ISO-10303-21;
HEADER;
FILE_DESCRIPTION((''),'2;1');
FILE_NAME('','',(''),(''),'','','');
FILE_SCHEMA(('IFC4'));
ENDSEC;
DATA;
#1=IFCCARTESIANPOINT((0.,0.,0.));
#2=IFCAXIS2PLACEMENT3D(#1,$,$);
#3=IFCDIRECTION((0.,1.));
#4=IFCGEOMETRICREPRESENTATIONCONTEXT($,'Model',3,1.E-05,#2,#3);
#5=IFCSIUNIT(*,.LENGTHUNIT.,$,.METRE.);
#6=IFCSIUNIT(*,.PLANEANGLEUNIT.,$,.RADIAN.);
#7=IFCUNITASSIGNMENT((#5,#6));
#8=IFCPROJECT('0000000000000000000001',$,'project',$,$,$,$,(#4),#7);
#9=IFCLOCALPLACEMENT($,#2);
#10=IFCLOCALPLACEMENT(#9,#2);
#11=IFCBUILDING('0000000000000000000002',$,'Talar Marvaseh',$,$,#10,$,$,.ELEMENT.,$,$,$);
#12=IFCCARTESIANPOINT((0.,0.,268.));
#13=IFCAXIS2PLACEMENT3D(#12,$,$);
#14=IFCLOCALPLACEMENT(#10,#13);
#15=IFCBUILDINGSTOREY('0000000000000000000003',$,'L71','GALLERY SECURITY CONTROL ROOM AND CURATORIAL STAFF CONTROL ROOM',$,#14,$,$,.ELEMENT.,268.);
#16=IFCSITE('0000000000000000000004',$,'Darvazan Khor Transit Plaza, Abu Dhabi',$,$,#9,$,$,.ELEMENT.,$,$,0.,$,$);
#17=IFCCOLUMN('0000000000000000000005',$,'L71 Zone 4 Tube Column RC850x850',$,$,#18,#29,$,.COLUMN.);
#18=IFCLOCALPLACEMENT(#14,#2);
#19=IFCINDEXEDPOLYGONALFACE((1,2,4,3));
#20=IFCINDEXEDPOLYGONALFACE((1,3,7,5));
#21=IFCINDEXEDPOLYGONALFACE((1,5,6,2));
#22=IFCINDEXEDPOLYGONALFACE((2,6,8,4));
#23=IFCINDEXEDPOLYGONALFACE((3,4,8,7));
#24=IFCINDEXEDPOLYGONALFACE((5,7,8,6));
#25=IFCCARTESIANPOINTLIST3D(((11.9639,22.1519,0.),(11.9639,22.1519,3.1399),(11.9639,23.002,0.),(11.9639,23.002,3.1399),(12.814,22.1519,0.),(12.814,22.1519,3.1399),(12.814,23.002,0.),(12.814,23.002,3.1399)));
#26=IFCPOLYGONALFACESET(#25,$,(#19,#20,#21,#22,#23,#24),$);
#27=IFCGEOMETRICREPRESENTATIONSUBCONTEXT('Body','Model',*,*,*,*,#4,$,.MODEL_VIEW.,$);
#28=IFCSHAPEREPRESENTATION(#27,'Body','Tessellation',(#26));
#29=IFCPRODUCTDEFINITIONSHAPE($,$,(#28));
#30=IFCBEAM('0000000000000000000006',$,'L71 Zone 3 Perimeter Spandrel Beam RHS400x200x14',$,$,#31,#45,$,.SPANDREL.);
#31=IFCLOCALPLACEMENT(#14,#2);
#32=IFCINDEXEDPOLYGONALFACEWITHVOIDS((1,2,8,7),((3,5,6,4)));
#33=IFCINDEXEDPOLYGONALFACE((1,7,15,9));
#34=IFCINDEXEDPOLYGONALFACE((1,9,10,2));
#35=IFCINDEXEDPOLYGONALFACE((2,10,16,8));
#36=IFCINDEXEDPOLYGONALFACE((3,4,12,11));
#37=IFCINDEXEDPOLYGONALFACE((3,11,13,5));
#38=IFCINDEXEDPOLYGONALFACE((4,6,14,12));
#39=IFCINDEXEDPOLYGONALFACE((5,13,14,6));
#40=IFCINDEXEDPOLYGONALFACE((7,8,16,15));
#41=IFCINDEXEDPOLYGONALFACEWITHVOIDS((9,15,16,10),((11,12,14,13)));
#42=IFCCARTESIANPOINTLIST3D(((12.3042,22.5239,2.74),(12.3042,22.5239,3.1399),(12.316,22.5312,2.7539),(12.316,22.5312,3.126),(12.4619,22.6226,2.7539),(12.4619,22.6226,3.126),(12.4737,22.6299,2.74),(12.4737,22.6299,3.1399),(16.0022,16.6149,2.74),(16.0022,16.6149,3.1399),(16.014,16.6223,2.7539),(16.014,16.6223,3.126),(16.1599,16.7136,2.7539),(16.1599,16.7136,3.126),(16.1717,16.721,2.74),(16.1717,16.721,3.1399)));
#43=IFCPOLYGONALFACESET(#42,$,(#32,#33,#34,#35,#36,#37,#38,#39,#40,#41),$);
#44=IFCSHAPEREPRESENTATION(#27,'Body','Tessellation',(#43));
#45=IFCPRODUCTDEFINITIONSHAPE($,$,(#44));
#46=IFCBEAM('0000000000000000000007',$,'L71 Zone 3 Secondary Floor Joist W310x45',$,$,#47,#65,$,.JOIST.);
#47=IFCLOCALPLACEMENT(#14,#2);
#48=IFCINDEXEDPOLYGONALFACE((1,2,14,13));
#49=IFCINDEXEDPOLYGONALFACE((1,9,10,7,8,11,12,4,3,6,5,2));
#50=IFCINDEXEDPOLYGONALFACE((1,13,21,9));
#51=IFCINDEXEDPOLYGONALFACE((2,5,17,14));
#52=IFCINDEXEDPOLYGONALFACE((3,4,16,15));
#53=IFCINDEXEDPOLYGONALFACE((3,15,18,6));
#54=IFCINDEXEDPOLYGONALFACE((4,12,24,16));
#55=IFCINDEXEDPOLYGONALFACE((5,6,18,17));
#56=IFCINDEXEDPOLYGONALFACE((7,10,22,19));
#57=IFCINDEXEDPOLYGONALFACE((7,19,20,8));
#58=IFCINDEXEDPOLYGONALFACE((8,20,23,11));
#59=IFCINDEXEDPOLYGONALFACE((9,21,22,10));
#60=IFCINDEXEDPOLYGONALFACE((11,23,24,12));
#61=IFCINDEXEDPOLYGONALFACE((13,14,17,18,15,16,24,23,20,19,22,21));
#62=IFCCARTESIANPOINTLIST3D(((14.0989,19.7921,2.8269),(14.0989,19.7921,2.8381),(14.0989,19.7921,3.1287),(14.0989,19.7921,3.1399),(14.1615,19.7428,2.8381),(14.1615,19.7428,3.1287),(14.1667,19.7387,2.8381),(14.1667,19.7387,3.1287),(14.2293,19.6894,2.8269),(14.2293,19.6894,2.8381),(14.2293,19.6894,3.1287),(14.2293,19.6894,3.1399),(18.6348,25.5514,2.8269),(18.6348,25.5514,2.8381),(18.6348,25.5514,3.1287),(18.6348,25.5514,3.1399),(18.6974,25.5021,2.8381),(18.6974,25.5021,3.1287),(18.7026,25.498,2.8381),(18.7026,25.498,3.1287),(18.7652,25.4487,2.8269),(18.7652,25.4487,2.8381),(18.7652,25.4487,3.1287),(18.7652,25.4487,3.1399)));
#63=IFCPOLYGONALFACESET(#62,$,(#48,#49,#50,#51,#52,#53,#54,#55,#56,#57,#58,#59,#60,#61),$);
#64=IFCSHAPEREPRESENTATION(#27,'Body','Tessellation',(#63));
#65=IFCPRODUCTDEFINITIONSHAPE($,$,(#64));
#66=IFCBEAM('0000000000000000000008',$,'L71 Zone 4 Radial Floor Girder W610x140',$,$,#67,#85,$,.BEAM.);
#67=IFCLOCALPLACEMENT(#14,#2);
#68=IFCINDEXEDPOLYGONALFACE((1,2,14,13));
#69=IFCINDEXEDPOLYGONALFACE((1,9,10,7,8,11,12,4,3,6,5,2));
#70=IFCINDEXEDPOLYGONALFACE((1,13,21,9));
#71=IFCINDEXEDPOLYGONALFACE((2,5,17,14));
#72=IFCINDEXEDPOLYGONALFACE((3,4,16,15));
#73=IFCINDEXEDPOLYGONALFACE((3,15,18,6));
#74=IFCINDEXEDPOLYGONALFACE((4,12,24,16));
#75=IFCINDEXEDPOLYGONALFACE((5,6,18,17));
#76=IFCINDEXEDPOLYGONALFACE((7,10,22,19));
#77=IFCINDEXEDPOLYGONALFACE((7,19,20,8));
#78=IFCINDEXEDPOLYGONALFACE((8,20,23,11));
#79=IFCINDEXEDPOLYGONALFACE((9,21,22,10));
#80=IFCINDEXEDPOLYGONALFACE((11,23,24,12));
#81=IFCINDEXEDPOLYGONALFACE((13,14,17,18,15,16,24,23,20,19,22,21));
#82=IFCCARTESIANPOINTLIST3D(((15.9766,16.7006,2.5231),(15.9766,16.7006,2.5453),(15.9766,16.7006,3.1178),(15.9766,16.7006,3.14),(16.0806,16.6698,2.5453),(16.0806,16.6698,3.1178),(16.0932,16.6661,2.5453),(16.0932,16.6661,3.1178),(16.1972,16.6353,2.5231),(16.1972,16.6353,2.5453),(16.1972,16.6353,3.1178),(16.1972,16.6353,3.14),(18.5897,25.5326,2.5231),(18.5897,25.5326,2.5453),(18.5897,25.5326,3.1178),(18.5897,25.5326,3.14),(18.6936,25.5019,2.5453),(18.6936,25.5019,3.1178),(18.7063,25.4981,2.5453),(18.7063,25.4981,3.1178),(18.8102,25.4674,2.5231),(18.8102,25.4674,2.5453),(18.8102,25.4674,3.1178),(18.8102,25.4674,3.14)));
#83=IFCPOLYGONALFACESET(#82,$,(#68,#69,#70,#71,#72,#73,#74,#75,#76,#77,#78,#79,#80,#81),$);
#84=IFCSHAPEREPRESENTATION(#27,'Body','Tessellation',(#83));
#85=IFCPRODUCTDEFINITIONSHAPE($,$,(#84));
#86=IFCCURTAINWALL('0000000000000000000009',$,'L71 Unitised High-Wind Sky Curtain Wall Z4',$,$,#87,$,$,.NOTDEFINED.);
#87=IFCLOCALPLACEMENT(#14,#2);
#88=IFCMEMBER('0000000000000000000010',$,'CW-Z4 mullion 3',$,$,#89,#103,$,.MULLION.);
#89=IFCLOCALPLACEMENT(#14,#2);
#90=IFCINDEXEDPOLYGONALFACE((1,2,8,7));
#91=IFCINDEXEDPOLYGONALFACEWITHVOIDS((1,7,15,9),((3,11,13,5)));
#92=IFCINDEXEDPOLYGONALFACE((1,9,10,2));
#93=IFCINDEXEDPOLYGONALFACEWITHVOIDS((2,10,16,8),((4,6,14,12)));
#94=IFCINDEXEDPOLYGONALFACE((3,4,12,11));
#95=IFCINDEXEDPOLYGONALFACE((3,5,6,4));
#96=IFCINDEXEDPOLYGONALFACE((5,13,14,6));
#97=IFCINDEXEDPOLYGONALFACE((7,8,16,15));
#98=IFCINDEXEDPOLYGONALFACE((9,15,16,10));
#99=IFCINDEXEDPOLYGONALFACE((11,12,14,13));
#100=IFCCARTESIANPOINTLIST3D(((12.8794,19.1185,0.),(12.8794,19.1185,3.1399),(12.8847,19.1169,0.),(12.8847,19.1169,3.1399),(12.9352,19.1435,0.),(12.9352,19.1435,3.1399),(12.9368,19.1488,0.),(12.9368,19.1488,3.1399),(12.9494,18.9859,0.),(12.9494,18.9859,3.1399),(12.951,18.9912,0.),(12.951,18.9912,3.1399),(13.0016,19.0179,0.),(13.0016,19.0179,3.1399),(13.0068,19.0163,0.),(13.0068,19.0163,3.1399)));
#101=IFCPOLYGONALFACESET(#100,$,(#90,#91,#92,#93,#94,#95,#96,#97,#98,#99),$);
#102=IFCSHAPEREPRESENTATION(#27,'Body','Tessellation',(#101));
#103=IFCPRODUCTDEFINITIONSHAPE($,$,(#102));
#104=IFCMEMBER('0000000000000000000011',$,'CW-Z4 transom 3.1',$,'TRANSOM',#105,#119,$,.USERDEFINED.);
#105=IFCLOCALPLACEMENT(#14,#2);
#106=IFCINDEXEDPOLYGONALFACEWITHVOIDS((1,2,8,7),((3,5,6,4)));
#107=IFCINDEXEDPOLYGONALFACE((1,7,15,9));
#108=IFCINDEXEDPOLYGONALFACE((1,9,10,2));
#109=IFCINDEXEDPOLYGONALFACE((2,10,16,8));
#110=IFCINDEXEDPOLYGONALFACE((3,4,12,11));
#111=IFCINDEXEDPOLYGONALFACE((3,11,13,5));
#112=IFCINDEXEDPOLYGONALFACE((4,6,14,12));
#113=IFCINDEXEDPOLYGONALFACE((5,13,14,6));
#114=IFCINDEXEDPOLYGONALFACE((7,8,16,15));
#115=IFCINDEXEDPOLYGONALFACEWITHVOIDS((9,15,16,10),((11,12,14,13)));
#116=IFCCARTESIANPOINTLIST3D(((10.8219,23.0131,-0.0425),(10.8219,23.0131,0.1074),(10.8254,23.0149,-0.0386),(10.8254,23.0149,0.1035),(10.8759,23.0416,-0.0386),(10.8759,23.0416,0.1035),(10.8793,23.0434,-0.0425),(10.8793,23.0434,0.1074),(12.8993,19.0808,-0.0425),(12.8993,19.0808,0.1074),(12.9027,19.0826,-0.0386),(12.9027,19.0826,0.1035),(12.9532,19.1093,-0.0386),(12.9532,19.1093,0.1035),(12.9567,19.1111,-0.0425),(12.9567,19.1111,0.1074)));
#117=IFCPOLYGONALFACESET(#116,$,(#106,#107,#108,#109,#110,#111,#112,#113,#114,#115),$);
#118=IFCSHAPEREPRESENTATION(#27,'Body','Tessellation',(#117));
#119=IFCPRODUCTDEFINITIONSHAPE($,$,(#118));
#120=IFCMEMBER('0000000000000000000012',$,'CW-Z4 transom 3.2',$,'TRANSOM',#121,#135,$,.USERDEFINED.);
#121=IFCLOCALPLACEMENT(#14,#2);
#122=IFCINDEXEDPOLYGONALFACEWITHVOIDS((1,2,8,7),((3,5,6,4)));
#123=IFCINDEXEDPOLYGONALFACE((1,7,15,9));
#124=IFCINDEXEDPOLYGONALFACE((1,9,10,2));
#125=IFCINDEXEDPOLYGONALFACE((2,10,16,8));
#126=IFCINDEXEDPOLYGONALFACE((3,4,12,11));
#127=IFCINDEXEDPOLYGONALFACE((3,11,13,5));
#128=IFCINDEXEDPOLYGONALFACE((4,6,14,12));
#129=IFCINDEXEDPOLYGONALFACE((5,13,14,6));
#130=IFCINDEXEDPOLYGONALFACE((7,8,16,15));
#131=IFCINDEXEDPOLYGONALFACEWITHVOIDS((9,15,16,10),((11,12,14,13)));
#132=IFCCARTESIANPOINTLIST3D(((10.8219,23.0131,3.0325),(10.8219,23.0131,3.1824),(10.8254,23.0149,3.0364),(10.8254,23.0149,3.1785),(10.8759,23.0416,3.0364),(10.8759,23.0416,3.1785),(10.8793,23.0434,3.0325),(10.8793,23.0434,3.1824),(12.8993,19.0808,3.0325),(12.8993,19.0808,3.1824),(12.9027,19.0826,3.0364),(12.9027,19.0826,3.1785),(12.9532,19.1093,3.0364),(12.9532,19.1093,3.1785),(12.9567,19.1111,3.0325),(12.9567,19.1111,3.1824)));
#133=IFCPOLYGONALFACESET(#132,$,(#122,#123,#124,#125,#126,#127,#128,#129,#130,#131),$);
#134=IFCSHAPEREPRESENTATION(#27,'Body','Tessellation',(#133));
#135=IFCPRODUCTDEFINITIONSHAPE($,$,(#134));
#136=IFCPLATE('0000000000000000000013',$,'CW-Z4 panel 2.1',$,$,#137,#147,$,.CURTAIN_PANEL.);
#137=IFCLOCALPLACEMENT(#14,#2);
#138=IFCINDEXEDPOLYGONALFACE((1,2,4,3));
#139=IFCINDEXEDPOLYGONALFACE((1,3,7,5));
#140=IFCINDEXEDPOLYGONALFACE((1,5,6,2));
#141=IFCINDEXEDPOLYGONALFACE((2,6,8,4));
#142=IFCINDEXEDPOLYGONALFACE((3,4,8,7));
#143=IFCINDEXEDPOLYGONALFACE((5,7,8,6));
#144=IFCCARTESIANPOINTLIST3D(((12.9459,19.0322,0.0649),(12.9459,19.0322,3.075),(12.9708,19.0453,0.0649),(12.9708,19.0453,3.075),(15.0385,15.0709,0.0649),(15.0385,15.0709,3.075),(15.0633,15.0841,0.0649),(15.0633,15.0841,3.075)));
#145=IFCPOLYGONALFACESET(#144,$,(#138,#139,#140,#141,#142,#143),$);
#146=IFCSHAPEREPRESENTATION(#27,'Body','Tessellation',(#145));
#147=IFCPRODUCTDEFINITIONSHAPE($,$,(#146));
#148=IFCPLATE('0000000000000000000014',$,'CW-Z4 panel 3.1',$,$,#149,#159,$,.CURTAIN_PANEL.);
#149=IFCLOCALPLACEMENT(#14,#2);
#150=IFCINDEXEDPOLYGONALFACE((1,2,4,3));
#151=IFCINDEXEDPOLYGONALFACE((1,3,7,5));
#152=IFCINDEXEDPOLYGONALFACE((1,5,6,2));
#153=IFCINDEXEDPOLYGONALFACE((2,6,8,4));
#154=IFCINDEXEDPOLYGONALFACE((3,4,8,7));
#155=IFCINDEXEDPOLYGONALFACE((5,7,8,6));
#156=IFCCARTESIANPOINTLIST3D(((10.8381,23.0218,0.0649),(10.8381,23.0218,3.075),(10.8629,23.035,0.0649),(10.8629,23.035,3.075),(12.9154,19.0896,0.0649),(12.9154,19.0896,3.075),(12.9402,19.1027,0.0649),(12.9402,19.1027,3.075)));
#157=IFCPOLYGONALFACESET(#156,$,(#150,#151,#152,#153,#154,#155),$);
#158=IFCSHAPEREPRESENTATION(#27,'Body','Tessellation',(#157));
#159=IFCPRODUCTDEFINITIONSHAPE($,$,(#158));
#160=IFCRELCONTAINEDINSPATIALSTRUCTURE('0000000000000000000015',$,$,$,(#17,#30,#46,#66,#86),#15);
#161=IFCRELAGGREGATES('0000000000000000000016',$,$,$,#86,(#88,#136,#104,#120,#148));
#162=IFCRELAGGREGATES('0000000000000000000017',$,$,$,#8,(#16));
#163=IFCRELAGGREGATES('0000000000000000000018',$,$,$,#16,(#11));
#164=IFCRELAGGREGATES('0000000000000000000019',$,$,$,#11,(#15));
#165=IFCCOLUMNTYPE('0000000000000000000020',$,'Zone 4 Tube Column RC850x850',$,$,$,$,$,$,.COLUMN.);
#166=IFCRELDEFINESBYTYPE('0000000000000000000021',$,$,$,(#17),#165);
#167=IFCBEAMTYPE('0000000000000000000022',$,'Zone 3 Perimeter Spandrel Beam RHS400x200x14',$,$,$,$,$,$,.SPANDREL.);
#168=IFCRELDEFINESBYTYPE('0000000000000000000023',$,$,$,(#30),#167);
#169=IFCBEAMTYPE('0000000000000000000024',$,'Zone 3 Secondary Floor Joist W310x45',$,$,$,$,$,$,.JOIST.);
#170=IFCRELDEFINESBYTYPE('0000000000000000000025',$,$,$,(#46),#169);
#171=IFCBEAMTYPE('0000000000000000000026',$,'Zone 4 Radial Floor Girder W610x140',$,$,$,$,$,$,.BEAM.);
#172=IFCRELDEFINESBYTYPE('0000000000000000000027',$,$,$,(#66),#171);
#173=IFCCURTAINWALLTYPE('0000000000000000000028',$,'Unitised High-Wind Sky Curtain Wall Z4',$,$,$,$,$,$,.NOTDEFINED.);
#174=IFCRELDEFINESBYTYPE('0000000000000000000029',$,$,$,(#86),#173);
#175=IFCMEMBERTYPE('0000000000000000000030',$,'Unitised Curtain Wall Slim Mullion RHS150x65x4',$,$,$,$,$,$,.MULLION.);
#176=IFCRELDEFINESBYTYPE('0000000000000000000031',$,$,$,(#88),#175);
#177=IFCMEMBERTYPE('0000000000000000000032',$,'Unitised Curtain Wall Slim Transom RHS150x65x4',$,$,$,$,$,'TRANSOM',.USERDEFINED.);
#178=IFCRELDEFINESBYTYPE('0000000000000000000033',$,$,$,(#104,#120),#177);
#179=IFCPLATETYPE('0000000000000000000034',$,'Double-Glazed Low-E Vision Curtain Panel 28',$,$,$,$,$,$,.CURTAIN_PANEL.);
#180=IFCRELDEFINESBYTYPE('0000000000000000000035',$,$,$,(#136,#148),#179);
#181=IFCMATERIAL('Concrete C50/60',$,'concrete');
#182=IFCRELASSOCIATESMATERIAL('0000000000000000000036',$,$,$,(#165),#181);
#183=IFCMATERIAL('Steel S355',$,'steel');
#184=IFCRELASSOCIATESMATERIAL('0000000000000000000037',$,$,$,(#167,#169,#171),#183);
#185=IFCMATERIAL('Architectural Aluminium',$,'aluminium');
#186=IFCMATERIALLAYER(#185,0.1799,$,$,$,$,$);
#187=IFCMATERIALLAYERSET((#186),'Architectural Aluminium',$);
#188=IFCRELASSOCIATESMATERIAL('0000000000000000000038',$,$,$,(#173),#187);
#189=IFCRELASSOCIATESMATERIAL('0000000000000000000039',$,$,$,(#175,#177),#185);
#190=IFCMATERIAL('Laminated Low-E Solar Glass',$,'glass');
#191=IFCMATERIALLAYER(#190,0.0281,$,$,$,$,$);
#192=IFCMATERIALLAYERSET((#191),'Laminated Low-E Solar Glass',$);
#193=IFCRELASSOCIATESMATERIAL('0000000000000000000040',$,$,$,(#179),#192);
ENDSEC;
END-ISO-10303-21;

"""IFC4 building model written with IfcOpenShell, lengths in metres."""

from ifc_helpers import new_model, si_unit, direction, frame, origin, origin_2d, place, context, subcontext, project, spatial, rectangle, hollow_rectangle, i_section, extrude, source, transform, mapped, material, layer, layer_set, material_profile, profile_set, type_object, type_shapes, element, aggregate, save


model = new_model("IFC4")

# Units and contexts
model_context = context("Model", 3, precision=1e-05, world=origin(), true_north=direction((0.0, 1.0)))
body_context = subcontext(model_context, "Body", "Model", "MODEL_VIEW")
ifc_project = project(units=[si_unit("LENGTHUNIT", "METRE"), si_unit("PLANEANGLEUNIT", "RADIAN")], contexts=[model_context])

# Site, building, storey
site_placement = place(None, origin())
site = spatial("IfcSite", under=ifc_project, at=site_placement, Name="Darvazan Khor Transit Plaza, Abu Dhabi", CompositionType="ELEMENT", RefElevation=0.0)
building_placement = place(site_placement, origin())
building = spatial("IfcBuilding", under=site, at=building_placement, Name="Talar Marvaseh", CompositionType="ELEMENT")
storey_placement = place(building_placement, frame((0.0, 0.0, 268.0)))
storey = spatial("IfcBuildingStorey", under=building, at=storey_placement, Name="L71", Description="GALLERY SECURITY CONTROL ROOM AND CURATORIAL STAFF CONTROL ROOM", CompositionType="ELEMENT", Elevation=268.0)

# Column
ifc_material_1 = material(Name="Concrete C50/60", Category="concrete")
ifc_material_profile_1 = material_profile(ifc_material_1, rectangle(XDim=0.8501, YDim=0.8501, at=origin_2d()), Name="RC850x850")
ifc_profile_set_1 = profile_set([ifc_material_profile_1], Name="Concrete C50/60")
column_type = type_object("IfcColumnType", Name="Zone 4 Tube Column RC850x850", PredefinedType="COLUMN", material=ifc_profile_set_1)
column_placement = place(storey_placement, frame((12.3889, 22.5769, 0.0), z_axis=(0.0, 0.0, 1.0), x_axis=(1.0, 0.0, 0.0)))
element("IfcColumn", 1, at=column_placement, inside=storey, type_object=column_type, Name="L71 Zone 4 Tube Column RC850x850", PredefinedType="COLUMN", context=body_context, shape_type="SweptSolid", body=[
    extrude(rectangle(XDim=0.8501, YDim=0.8501, at=origin_2d()), origin(), (0.0, 0.0, 1.0), 3.1399),
])

# Beams
ifc_material_2 = material(Name="Steel S355", Category="steel")
ifc_material_profile_2 = material_profile(ifc_material_2, hollow_rectangle(XDim=0.2, YDim=0.3999, WallThickness=0.0139, at=origin_2d()), Name="RHS400x200x14")
ifc_profile_set_2 = profile_set([ifc_material_profile_2], Name="Steel S355")
beam_type_1 = type_object("IfcBeamType", Name="Zone 3 Perimeter Spandrel Beam RHS400x200x14", PredefinedType="SPANDREL", material=ifc_profile_set_2)
beam_1_placement = place(storey_placement, frame((16.0869, 16.668, 2.9399), z_axis=(-0.530506, 0.847681, 0.0), x_axis=(-0.847681, -0.530506, 0.0)))
element("IfcBeam", 2, at=beam_1_placement, inside=storey, type_object=beam_type_1, Name="L71 Zone 3 Perimeter Spandrel Beam RHS400x200x14", PredefinedType="SPANDREL", context=body_context, shape_type="SweptSolid", body=[
    extrude(hollow_rectangle(XDim=0.2, YDim=0.3999, WallThickness=0.0139, at=origin_2d()), origin(), (0.0, 0.0, 1.0), 6.9707),
])
ifc_material_profile_3 = material_profile(ifc_material_2, i_section(OverallWidth=0.166, OverallDepth=0.313, WebThickness=0.0066, FlangeThickness=0.0112, at=origin_2d()), Name="W310x45")
ifc_profile_set_3 = profile_set([ifc_material_profile_3], Name="Steel S355")
beam_type_2 = type_object("IfcBeamType", Name="Zone 3 Secondary Floor Joist W310x45", PredefinedType="JOIST", material=ifc_profile_set_3)
beam_2_placement = place(storey_placement, frame((14.1641, 19.7407, 2.9834), z_axis=(0.618727, 0.785606, 0.0), x_axis=(-0.785606, 0.618727, 0.0)))
element("IfcBeam", 3, at=beam_2_placement, inside=storey, type_object=beam_type_2, Name="L71 Zone 3 Secondary Floor Joist W310x45", PredefinedType="JOIST", context=body_context, shape_type="SweptSolid", body=[
    extrude(i_section(OverallWidth=0.166, OverallDepth=0.313, WebThickness=0.0066, FlangeThickness=0.0112, at=origin_2d()), origin(), (0.0, 0.0, 1.0), 7.3311),
])
ifc_material_profile_4 = material_profile(ifc_material_2, i_section(OverallWidth=0.23, OverallDepth=0.6169, WebThickness=0.0132, FlangeThickness=0.0222, at=origin_2d()), Name="W610x140")
ifc_profile_set_4 = profile_set([ifc_material_profile_4], Name="Steel S355")
beam_type_3 = type_object("IfcBeamType", Name="Zone 4 Radial Floor Girder W610x140", PredefinedType="BEAM", material=ifc_profile_set_4)
beam_3_placement = place(storey_placement, frame((16.0869, 16.668, 2.8315), z_axis=(0.283703, 0.958912, 0.0), x_axis=(-0.958912, 0.283703, 0.0)))
element("IfcBeam", 4, at=beam_3_placement, inside=storey, type_object=beam_type_3, Name="L71 Zone 4 Radial Floor Girder W610x140", PredefinedType="BEAM", context=body_context, shape_type="SweptSolid", body=[
    extrude(i_section(OverallWidth=0.23, OverallDepth=0.6169, WebThickness=0.0132, FlangeThickness=0.0222, at=origin_2d()), origin(), (0.0, 0.0, 1.0), 9.2104),
])

# Curtain wall, members, plates
ifc_material_3 = material(Name="Architectural Aluminium", Category="aluminium")
ifc_layer_1 = layer(ifc_material_3, 0.1799)
ifc_layer_set_1 = layer_set([ifc_layer_1], Name="Architectural Aluminium")
curtain_wall_type = type_object("IfcCurtainWallType", Name="Unitised High-Wind Sky Curtain Wall Z4", PredefinedType="NOTDEFINED", material=ifc_layer_set_1)
curtain_wall_placement = place(storey_placement, origin())
curtain_wall = element("IfcCurtainWall", 5, at=curtain_wall_placement, inside=storey, type_object=curtain_wall_type, Name="L71 Unitised High-Wind Sky Curtain Wall Z4", PredefinedType="NOTDEFINED")
ifc_material_profile_5 = material_profile(ifc_material_3, hollow_rectangle(XDim=0.0649, YDim=0.1499, WallThickness=0.0039, at=origin_2d()), Name="RHS150x65x4")
ifc_profile_set_5 = profile_set([ifc_material_profile_5], Name="Architectural Aluminium")
member_type_1 = type_object("IfcMemberType", Name="Unitised Curtain Wall Slim Mullion RHS150x65x4", PredefinedType="MULLION", material=ifc_profile_set_5)
shared_shape_1 = source(origin(), body_context, "Body", "SweptSolid", [
    extrude(hollow_rectangle(XDim=0.0649, YDim=0.1499, WallThickness=0.0039, at=origin_2d()), origin(), (0.0, 0.0, 1.0), 3.1399),
])
type_shapes(member_type_1, [shared_shape_1])
member_1_placement = place(storey_placement, frame((12.9431, 19.0674, 0.0), z_axis=(0.0, 0.0, 1.0), x_axis=(-0.884206, -0.467098, 0.0)))
member_1 = element("IfcMember", 6, at=member_1_placement, type_object=member_type_1, Name="CW-Z4 mullion 3", PredefinedType="MULLION", context=body_context, shape_type="MappedRepresentation", body=[
    mapped(shared_shape_1, transform((0.0, 0.0, 0.0), x_axis=(1.0, 0.0, 0.0), y_axis=(0.0, 1.0, 0.0), z_axis=(0.0, 0.0, 1.0), scale=1.0)),
])
ifc_material_profile_6 = material_profile(ifc_material_3, hollow_rectangle(XDim=0.0649, YDim=0.1499, WallThickness=0.0039, at=origin_2d()), Name="RHS150x65x4")
ifc_profile_set_6 = profile_set([ifc_material_profile_6], Name="Architectural Aluminium")
member_type_2 = type_object("IfcMemberType", Name="Unitised Curtain Wall Slim Transom RHS150x65x4", ElementType="TRANSOM", PredefinedType="USERDEFINED", material=ifc_profile_set_6)
shared_shape_2 = source(origin(), body_context, "Body", "SweptSolid", [
    extrude(hollow_rectangle(XDim=0.0649, YDim=0.1499, WallThickness=0.0039, at=origin_2d()), origin(), (0.0, 0.0, 1.0), 4.4473),
])
type_shapes(member_type_2, [shared_shape_2])
member_2_placement = place(storey_placement, frame((12.928, 19.0959, 0.0325), z_axis=(-0.467106, 0.884202, 0.0), x_axis=(-0.884202, -0.467106, 0.0)))
member_2 = element("IfcMember", 7, at=member_2_placement, type_object=member_type_2, Name="CW-Z4 transom 3.1", ObjectType="TRANSOM", PredefinedType="USERDEFINED", context=body_context, shape_type="MappedRepresentation", body=[
    mapped(shared_shape_2, transform((0.0, 0.0, 0.0), x_axis=(1.0, 0.0, 0.0), y_axis=(0.0, 1.0, 0.0), z_axis=(0.0, 0.0, 1.0), scale=1.0)),
])
member_3_placement = place(storey_placement, frame((12.928, 19.0959, 3.1074), z_axis=(-0.467106, 0.884202, 0.0), x_axis=(-0.884202, -0.467106, 0.0)))
member_3 = element("IfcMember", 8, at=member_3_placement, type_object=member_type_2, Name="CW-Z4 transom 3.2", ObjectType="TRANSOM", PredefinedType="USERDEFINED", context=body_context, shape_type="MappedRepresentation", body=[
    mapped(shared_shape_2, transform((0.0, 0.0, 0.0), x_axis=(1.0, 0.0, 0.0), y_axis=(0.0, 1.0, 0.0), z_axis=(0.0, 0.0, 1.0), scale=1.0)),
])
ifc_material_4 = material(Name="Laminated Low-E Solar Glass", Category="glass")
ifc_layer_2 = layer(ifc_material_4, 0.0281)
ifc_layer_set_2 = layer_set([ifc_layer_2], Name="Laminated Low-E Solar Glass")
plate_type = type_object("IfcPlateType", Name="Double-Glazed Low-E Vision Curtain Panel 28", PredefinedType="CURTAIN_PANEL", material=ifc_layer_set_2)
shared_shape_3 = source(origin(), body_context, "Body", "SweptSolid", [
    extrude(rectangle(XDim=4.48, YDim=0.0281, at=origin_2d()), origin(), (0.0, 0.0, 1.0), 3.01),
])
plate_1_placement = place(storey_placement, frame((14.0046, 17.0581, 0.0649), z_axis=(0.0, 0.0, 1.0), x_axis=(-0.467098, 0.884206, 0.0)))
plate_1 = element("IfcPlate", 9, at=plate_1_placement, type_object=plate_type, Name="CW-Z4 panel 2.1", PredefinedType="CURTAIN_PANEL", context=body_context, shape_type="MappedRepresentation", body=[
    mapped(shared_shape_3, transform((0.0, 0.0, 0.0), x_axis=(1.0, 0.0, 0.0), y_axis=(0.0, 1.0, 0.0), z_axis=(0.0, 0.0, 1.0), scale=1.0)),
])
shared_shape_4 = source(origin(), body_context, "Body", "SweptSolid", [
    extrude(rectangle(XDim=4.4473, YDim=0.0281, at=origin_2d()), origin(), (0.0, 0.0, 1.0), 3.01),
])
type_shapes(plate_type, [shared_shape_3, shared_shape_4])
plate_2_placement = place(storey_placement, frame((11.8892, 21.0623, 0.0649), z_axis=(0.0, 0.0, 1.0), x_axis=(-0.467098, 0.884206, 0.0)))
plate_2 = element("IfcPlate", 10, at=plate_2_placement, type_object=plate_type, Name="CW-Z4 panel 3.1", PredefinedType="CURTAIN_PANEL", context=body_context, shape_type="MappedRepresentation", body=[
    mapped(shared_shape_4, transform((0.0, 0.0, 0.0), x_axis=(1.0, 0.0, 0.0), y_axis=(0.0, 1.0, 0.0), z_axis=(0.0, 0.0, 1.0), scale=1.0)),
])
aggregate(curtain_wall, [member_1, plate_1, member_2, member_3, plate_2])

save(model, "model.ifc")
